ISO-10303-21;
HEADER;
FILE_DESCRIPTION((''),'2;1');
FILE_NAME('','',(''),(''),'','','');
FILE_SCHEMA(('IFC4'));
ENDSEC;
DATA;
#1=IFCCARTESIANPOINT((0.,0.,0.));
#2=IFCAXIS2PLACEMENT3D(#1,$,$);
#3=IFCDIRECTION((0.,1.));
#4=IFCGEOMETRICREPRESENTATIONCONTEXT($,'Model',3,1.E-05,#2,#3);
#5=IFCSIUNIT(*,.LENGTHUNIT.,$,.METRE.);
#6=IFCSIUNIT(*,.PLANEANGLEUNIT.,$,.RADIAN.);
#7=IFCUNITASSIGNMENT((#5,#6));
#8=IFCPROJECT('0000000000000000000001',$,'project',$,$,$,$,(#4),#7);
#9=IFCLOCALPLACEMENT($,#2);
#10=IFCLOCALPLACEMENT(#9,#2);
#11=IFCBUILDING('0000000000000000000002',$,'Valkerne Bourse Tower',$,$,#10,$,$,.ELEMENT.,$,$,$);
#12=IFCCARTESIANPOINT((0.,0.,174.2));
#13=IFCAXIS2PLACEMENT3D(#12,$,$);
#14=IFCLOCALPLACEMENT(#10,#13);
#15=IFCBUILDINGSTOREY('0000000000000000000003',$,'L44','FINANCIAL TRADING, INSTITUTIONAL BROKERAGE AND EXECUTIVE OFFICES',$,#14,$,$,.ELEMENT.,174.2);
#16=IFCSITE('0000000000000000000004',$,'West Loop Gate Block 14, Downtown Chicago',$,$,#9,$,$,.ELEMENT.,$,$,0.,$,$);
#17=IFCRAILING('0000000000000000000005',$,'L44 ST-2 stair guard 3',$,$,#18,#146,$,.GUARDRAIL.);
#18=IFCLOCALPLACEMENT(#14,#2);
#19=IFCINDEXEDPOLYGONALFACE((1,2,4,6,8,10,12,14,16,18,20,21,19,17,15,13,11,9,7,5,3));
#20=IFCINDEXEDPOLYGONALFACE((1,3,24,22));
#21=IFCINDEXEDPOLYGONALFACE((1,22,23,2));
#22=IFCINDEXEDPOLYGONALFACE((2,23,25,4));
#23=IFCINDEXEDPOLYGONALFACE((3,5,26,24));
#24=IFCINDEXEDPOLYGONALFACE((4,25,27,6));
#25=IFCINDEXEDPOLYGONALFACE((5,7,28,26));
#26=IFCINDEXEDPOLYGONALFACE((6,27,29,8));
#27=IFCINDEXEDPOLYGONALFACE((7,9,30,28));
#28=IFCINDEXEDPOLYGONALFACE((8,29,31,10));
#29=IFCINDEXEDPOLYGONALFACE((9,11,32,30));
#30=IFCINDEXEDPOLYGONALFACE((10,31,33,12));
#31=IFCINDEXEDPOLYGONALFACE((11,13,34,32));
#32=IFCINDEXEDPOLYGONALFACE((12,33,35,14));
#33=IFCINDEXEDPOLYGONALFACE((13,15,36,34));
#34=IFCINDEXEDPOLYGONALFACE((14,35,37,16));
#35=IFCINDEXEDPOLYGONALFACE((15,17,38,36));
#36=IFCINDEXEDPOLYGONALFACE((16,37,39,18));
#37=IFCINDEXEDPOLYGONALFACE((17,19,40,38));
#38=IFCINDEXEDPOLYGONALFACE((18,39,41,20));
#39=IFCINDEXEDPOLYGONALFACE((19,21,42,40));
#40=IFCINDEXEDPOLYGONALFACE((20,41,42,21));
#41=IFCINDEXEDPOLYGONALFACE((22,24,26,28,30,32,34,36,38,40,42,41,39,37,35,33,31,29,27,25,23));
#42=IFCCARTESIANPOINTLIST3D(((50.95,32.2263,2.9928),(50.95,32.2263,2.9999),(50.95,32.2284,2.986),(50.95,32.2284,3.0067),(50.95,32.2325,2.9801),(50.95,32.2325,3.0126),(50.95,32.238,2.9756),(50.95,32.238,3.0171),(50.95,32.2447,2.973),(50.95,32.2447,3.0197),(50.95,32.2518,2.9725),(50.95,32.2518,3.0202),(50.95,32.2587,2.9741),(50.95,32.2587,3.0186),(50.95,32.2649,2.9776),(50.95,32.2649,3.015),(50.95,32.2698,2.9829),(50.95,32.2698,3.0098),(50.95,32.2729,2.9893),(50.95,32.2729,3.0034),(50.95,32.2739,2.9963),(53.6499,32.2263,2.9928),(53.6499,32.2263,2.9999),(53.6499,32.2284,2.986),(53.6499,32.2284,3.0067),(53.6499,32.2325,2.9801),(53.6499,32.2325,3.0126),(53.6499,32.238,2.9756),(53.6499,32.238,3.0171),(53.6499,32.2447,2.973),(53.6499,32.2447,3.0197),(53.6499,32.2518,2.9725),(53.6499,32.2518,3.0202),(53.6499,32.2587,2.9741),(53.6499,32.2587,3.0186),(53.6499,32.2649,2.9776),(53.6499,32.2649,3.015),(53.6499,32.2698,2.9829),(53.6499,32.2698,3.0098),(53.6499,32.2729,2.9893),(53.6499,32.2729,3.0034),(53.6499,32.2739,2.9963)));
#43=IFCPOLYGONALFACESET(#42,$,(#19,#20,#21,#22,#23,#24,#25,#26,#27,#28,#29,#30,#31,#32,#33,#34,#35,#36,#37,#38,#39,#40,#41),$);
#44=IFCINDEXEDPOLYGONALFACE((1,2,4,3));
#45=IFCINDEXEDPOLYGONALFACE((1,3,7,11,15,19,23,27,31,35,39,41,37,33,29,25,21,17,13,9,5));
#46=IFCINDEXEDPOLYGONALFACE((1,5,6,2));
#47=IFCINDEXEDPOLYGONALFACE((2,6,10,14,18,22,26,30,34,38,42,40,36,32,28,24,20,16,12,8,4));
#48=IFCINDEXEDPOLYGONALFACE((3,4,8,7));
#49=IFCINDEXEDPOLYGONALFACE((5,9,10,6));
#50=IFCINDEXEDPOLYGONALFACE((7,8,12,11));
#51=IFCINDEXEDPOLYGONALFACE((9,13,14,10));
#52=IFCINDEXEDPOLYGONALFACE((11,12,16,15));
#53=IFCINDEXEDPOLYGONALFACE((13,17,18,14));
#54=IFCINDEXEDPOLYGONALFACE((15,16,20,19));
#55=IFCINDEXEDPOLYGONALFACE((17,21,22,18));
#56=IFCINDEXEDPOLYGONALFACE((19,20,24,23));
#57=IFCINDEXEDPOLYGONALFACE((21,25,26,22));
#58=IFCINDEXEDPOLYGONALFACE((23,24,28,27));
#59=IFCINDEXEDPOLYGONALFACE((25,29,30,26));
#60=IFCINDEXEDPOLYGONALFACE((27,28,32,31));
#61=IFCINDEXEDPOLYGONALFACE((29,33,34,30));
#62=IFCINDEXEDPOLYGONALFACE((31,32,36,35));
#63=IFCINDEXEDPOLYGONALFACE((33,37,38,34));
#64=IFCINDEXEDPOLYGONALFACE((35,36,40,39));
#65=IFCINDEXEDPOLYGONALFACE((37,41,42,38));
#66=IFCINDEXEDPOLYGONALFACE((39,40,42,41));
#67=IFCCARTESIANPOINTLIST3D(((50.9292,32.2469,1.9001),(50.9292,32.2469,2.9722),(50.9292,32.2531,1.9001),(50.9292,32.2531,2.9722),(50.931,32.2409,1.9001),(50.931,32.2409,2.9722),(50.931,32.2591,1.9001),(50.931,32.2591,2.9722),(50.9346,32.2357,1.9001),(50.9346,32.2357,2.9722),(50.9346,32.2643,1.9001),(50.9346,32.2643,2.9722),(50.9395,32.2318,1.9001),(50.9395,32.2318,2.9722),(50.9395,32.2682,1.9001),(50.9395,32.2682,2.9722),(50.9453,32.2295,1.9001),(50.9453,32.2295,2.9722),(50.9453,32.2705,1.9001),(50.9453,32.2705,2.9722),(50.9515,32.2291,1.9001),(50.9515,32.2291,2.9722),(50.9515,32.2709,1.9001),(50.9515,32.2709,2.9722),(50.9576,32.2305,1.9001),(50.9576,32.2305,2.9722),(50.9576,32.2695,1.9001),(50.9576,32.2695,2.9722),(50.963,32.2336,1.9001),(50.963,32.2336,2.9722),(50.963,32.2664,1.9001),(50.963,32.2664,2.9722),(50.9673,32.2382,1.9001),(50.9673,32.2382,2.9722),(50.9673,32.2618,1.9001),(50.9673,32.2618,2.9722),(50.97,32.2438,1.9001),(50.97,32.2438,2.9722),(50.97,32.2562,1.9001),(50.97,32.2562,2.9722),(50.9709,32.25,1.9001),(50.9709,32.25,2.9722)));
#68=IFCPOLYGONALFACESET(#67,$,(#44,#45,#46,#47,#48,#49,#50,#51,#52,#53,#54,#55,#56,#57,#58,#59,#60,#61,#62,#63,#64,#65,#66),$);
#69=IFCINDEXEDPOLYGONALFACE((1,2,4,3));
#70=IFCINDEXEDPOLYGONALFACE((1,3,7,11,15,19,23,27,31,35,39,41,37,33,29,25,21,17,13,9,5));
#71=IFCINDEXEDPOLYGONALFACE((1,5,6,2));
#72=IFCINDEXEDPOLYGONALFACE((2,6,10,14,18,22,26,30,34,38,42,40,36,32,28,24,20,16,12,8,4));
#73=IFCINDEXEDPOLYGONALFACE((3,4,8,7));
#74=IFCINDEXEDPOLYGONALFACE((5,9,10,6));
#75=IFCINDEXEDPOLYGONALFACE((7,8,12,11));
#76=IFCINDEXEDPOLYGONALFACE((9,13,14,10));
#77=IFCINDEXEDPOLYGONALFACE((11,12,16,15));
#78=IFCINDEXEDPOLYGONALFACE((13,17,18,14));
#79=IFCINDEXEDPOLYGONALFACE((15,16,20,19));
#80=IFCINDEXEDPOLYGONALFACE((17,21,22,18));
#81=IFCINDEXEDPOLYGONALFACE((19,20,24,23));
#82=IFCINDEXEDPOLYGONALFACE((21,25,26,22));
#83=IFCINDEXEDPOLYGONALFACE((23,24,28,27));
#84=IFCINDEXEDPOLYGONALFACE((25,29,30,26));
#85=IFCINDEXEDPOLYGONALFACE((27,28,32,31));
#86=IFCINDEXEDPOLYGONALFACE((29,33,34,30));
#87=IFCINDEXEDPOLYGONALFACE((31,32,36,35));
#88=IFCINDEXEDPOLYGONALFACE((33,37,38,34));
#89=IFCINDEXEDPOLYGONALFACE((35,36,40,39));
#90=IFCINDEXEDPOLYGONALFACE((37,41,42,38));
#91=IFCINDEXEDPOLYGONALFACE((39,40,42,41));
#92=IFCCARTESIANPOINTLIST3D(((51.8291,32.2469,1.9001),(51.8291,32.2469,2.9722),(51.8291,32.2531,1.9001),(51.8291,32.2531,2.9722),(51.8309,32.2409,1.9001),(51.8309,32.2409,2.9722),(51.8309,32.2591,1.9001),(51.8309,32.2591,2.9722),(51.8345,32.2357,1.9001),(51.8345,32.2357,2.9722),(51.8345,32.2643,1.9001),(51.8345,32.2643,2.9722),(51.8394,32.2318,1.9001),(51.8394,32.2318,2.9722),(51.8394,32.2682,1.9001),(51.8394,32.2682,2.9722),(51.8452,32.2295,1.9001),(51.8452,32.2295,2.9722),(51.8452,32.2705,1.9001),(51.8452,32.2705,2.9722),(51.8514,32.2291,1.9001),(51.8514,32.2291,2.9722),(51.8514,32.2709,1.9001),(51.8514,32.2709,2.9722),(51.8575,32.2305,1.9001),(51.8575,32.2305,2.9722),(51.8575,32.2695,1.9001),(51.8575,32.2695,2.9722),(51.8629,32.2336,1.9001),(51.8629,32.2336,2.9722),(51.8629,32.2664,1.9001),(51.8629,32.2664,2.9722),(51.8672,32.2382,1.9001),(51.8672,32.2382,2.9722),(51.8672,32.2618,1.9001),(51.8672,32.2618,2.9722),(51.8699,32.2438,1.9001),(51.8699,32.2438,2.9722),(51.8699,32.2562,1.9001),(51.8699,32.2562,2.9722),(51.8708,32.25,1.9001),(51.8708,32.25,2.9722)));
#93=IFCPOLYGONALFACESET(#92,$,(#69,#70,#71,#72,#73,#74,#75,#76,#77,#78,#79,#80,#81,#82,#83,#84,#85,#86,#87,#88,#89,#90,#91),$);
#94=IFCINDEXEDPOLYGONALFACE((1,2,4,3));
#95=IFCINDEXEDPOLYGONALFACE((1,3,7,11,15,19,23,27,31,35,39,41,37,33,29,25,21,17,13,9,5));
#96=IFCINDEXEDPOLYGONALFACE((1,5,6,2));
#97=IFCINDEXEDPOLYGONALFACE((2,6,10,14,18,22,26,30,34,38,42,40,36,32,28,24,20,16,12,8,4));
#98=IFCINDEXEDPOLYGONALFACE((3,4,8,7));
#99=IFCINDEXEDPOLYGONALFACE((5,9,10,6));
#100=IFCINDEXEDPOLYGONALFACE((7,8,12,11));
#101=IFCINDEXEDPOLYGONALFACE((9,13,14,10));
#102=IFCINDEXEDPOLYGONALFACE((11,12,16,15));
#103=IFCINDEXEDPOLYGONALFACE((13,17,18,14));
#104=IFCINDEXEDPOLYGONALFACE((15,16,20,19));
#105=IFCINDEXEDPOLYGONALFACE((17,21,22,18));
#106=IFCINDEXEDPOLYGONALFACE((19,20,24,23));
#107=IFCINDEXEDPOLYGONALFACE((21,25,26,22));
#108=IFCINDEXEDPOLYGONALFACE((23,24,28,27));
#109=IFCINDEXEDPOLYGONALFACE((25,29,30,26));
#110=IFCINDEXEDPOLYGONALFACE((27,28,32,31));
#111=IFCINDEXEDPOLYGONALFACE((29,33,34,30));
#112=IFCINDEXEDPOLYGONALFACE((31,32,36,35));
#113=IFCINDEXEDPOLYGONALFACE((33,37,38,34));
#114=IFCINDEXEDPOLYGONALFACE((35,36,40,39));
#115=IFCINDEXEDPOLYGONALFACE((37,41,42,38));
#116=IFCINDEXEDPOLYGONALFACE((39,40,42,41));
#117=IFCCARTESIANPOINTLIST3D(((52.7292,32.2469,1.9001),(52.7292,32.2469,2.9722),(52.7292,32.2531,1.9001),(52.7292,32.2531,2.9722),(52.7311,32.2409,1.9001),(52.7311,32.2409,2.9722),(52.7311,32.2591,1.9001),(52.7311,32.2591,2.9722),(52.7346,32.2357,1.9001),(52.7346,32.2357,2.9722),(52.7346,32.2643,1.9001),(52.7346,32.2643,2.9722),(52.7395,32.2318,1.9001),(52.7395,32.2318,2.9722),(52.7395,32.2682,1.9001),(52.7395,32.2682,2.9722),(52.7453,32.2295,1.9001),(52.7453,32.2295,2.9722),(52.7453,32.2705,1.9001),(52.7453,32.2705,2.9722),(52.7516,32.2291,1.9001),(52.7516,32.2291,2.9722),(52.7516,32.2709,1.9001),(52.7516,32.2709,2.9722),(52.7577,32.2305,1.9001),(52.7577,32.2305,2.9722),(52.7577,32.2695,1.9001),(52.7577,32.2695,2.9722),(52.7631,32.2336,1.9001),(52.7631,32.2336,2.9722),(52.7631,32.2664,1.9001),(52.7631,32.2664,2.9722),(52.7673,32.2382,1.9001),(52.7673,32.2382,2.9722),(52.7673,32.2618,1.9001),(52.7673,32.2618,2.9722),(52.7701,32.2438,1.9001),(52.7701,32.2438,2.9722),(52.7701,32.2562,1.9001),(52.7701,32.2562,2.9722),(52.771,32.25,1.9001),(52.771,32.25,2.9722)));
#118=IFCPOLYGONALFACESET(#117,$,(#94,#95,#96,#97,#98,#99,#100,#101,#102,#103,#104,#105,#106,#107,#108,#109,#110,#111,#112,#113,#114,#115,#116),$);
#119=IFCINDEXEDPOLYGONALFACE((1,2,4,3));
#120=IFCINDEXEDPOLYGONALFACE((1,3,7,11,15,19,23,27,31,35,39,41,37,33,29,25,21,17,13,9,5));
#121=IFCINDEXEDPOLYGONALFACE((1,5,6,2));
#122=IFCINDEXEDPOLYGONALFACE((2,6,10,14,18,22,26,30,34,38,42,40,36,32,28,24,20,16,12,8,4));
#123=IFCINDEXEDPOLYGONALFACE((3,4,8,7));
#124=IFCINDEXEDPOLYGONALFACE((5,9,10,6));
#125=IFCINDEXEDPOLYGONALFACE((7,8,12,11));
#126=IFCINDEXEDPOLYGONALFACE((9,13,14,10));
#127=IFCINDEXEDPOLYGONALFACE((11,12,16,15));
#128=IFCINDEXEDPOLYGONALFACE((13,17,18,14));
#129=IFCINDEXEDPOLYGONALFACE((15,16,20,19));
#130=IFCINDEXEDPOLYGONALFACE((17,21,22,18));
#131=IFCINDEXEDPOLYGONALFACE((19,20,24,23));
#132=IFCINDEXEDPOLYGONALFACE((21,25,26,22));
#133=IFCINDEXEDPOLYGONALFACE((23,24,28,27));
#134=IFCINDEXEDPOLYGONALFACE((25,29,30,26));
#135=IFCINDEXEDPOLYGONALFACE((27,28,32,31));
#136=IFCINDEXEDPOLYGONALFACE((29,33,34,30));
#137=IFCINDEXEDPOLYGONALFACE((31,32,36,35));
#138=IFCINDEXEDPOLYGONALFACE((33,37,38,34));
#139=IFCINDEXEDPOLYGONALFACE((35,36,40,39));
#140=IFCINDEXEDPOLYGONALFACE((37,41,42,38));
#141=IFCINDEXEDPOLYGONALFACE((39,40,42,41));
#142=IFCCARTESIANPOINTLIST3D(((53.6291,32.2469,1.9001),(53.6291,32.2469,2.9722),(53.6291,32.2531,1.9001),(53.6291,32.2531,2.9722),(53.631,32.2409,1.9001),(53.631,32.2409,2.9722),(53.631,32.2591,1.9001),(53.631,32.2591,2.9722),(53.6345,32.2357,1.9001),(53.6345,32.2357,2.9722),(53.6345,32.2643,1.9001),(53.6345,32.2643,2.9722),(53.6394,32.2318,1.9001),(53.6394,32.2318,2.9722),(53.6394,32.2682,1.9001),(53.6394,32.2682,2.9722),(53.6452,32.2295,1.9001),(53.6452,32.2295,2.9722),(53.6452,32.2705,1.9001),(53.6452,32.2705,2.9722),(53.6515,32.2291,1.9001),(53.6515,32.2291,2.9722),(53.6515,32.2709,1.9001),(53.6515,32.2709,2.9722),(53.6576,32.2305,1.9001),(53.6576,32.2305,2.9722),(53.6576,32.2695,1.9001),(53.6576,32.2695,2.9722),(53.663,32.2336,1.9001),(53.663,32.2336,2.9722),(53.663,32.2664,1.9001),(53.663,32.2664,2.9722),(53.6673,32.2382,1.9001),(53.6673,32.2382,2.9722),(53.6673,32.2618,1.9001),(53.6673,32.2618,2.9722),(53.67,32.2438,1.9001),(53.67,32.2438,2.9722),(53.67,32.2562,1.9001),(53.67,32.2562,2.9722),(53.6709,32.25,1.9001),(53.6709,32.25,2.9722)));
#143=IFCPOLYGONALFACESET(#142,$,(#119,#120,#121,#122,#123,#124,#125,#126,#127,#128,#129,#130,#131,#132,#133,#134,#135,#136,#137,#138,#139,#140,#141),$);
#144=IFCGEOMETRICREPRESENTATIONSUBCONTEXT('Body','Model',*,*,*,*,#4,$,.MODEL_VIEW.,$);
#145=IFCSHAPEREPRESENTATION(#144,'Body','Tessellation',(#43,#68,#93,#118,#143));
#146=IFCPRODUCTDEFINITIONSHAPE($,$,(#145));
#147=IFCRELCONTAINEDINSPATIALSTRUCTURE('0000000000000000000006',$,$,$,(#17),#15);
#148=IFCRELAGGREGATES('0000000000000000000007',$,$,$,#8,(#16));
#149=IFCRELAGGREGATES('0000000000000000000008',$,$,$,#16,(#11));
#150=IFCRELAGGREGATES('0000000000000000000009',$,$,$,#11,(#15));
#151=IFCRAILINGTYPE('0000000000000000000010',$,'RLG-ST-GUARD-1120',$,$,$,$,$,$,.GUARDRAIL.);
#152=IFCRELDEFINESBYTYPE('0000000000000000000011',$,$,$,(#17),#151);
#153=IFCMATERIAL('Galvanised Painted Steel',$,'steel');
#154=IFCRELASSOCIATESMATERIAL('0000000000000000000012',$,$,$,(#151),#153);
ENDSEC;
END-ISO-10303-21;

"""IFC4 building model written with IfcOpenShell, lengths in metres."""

from ifc_helpers import new_model, si_unit, direction, frame, origin, origin_2d, place, context, subcontext, project, spatial, circle, extrude, material, type_object, element, save


model = new_model("IFC4")

# Units and contexts
model_context = context("Model", 3, precision=1e-05, world=origin(), true_north=direction((0.0, 1.0)))
body_context = subcontext(model_context, "Body", "Model", "MODEL_VIEW")
ifc_project = project(units=[si_unit("LENGTHUNIT", "METRE"), si_unit("PLANEANGLEUNIT", "RADIAN")], contexts=[model_context])

# Site, building, storey
site_placement = place(None, origin())
site = spatial("IfcSite", under=ifc_project, at=site_placement, Name="West Loop Gate Block 14, Downtown Chicago", CompositionType="ELEMENT", RefElevation=0.0)
building_placement = place(site_placement, origin())
building = spatial("IfcBuilding", under=site, at=building_placement, Name="Valkerne Bourse Tower", CompositionType="ELEMENT")
storey_placement = place(building_placement, frame((0.0, 0.0, 174.2)))
storey = spatial("IfcBuildingStorey", under=building, at=storey_placement, Name="L44", Description="FINANCIAL TRADING, INSTITUTIONAL BROKERAGE AND EXECUTIVE OFFICES", CompositionType="ELEMENT", Elevation=174.2)

# Railing
ifc_material_1 = material(Name="Galvanised Painted Steel", Category="steel")
railing_type = type_object("IfcRailingType", Name="RLG-ST-GUARD-1120", PredefinedType="GUARDRAIL", material=ifc_material_1)
railing_1_placement = place(storey_placement, frame((50.95, 32.25, 1.9001)))
element("IfcRailing", 1, at=railing_1_placement, inside=storey, type_object=railing_type, Name="L44 ST-2 stair guard 3", PredefinedType="GUARDRAIL", context=body_context, shape_type="SweptSolid", body=[
    extrude(circle(Radius=0.0239, at=origin_2d()), frame((0.0, 0.0, 1.0962), z_axis=(1.0, 0.0, 0.0), x_axis=(0.0, 1.0, 0.0)), (0.0, 0.0, 1.0), 2.7),
    extrude(circle(Radius=0.021, at=origin_2d()), origin(), (0.0, 0.0, 1.0), 1.072),
    extrude(circle(Radius=0.021, at=origin_2d()), frame((0.8999, 0.0, 0.0)), (0.0, 0.0, 1.0), 1.072),
    extrude(circle(Radius=0.021, at=origin_2d()), frame((1.8, 0.0, 0.0)), (0.0, 0.0, 1.0), 1.072),
    extrude(circle(Radius=0.021, at=origin_2d()), frame((2.7, 0.0, 0.0)), (0.0, 0.0, 1.0), 1.072),
])

save(model, "model.ifc")
